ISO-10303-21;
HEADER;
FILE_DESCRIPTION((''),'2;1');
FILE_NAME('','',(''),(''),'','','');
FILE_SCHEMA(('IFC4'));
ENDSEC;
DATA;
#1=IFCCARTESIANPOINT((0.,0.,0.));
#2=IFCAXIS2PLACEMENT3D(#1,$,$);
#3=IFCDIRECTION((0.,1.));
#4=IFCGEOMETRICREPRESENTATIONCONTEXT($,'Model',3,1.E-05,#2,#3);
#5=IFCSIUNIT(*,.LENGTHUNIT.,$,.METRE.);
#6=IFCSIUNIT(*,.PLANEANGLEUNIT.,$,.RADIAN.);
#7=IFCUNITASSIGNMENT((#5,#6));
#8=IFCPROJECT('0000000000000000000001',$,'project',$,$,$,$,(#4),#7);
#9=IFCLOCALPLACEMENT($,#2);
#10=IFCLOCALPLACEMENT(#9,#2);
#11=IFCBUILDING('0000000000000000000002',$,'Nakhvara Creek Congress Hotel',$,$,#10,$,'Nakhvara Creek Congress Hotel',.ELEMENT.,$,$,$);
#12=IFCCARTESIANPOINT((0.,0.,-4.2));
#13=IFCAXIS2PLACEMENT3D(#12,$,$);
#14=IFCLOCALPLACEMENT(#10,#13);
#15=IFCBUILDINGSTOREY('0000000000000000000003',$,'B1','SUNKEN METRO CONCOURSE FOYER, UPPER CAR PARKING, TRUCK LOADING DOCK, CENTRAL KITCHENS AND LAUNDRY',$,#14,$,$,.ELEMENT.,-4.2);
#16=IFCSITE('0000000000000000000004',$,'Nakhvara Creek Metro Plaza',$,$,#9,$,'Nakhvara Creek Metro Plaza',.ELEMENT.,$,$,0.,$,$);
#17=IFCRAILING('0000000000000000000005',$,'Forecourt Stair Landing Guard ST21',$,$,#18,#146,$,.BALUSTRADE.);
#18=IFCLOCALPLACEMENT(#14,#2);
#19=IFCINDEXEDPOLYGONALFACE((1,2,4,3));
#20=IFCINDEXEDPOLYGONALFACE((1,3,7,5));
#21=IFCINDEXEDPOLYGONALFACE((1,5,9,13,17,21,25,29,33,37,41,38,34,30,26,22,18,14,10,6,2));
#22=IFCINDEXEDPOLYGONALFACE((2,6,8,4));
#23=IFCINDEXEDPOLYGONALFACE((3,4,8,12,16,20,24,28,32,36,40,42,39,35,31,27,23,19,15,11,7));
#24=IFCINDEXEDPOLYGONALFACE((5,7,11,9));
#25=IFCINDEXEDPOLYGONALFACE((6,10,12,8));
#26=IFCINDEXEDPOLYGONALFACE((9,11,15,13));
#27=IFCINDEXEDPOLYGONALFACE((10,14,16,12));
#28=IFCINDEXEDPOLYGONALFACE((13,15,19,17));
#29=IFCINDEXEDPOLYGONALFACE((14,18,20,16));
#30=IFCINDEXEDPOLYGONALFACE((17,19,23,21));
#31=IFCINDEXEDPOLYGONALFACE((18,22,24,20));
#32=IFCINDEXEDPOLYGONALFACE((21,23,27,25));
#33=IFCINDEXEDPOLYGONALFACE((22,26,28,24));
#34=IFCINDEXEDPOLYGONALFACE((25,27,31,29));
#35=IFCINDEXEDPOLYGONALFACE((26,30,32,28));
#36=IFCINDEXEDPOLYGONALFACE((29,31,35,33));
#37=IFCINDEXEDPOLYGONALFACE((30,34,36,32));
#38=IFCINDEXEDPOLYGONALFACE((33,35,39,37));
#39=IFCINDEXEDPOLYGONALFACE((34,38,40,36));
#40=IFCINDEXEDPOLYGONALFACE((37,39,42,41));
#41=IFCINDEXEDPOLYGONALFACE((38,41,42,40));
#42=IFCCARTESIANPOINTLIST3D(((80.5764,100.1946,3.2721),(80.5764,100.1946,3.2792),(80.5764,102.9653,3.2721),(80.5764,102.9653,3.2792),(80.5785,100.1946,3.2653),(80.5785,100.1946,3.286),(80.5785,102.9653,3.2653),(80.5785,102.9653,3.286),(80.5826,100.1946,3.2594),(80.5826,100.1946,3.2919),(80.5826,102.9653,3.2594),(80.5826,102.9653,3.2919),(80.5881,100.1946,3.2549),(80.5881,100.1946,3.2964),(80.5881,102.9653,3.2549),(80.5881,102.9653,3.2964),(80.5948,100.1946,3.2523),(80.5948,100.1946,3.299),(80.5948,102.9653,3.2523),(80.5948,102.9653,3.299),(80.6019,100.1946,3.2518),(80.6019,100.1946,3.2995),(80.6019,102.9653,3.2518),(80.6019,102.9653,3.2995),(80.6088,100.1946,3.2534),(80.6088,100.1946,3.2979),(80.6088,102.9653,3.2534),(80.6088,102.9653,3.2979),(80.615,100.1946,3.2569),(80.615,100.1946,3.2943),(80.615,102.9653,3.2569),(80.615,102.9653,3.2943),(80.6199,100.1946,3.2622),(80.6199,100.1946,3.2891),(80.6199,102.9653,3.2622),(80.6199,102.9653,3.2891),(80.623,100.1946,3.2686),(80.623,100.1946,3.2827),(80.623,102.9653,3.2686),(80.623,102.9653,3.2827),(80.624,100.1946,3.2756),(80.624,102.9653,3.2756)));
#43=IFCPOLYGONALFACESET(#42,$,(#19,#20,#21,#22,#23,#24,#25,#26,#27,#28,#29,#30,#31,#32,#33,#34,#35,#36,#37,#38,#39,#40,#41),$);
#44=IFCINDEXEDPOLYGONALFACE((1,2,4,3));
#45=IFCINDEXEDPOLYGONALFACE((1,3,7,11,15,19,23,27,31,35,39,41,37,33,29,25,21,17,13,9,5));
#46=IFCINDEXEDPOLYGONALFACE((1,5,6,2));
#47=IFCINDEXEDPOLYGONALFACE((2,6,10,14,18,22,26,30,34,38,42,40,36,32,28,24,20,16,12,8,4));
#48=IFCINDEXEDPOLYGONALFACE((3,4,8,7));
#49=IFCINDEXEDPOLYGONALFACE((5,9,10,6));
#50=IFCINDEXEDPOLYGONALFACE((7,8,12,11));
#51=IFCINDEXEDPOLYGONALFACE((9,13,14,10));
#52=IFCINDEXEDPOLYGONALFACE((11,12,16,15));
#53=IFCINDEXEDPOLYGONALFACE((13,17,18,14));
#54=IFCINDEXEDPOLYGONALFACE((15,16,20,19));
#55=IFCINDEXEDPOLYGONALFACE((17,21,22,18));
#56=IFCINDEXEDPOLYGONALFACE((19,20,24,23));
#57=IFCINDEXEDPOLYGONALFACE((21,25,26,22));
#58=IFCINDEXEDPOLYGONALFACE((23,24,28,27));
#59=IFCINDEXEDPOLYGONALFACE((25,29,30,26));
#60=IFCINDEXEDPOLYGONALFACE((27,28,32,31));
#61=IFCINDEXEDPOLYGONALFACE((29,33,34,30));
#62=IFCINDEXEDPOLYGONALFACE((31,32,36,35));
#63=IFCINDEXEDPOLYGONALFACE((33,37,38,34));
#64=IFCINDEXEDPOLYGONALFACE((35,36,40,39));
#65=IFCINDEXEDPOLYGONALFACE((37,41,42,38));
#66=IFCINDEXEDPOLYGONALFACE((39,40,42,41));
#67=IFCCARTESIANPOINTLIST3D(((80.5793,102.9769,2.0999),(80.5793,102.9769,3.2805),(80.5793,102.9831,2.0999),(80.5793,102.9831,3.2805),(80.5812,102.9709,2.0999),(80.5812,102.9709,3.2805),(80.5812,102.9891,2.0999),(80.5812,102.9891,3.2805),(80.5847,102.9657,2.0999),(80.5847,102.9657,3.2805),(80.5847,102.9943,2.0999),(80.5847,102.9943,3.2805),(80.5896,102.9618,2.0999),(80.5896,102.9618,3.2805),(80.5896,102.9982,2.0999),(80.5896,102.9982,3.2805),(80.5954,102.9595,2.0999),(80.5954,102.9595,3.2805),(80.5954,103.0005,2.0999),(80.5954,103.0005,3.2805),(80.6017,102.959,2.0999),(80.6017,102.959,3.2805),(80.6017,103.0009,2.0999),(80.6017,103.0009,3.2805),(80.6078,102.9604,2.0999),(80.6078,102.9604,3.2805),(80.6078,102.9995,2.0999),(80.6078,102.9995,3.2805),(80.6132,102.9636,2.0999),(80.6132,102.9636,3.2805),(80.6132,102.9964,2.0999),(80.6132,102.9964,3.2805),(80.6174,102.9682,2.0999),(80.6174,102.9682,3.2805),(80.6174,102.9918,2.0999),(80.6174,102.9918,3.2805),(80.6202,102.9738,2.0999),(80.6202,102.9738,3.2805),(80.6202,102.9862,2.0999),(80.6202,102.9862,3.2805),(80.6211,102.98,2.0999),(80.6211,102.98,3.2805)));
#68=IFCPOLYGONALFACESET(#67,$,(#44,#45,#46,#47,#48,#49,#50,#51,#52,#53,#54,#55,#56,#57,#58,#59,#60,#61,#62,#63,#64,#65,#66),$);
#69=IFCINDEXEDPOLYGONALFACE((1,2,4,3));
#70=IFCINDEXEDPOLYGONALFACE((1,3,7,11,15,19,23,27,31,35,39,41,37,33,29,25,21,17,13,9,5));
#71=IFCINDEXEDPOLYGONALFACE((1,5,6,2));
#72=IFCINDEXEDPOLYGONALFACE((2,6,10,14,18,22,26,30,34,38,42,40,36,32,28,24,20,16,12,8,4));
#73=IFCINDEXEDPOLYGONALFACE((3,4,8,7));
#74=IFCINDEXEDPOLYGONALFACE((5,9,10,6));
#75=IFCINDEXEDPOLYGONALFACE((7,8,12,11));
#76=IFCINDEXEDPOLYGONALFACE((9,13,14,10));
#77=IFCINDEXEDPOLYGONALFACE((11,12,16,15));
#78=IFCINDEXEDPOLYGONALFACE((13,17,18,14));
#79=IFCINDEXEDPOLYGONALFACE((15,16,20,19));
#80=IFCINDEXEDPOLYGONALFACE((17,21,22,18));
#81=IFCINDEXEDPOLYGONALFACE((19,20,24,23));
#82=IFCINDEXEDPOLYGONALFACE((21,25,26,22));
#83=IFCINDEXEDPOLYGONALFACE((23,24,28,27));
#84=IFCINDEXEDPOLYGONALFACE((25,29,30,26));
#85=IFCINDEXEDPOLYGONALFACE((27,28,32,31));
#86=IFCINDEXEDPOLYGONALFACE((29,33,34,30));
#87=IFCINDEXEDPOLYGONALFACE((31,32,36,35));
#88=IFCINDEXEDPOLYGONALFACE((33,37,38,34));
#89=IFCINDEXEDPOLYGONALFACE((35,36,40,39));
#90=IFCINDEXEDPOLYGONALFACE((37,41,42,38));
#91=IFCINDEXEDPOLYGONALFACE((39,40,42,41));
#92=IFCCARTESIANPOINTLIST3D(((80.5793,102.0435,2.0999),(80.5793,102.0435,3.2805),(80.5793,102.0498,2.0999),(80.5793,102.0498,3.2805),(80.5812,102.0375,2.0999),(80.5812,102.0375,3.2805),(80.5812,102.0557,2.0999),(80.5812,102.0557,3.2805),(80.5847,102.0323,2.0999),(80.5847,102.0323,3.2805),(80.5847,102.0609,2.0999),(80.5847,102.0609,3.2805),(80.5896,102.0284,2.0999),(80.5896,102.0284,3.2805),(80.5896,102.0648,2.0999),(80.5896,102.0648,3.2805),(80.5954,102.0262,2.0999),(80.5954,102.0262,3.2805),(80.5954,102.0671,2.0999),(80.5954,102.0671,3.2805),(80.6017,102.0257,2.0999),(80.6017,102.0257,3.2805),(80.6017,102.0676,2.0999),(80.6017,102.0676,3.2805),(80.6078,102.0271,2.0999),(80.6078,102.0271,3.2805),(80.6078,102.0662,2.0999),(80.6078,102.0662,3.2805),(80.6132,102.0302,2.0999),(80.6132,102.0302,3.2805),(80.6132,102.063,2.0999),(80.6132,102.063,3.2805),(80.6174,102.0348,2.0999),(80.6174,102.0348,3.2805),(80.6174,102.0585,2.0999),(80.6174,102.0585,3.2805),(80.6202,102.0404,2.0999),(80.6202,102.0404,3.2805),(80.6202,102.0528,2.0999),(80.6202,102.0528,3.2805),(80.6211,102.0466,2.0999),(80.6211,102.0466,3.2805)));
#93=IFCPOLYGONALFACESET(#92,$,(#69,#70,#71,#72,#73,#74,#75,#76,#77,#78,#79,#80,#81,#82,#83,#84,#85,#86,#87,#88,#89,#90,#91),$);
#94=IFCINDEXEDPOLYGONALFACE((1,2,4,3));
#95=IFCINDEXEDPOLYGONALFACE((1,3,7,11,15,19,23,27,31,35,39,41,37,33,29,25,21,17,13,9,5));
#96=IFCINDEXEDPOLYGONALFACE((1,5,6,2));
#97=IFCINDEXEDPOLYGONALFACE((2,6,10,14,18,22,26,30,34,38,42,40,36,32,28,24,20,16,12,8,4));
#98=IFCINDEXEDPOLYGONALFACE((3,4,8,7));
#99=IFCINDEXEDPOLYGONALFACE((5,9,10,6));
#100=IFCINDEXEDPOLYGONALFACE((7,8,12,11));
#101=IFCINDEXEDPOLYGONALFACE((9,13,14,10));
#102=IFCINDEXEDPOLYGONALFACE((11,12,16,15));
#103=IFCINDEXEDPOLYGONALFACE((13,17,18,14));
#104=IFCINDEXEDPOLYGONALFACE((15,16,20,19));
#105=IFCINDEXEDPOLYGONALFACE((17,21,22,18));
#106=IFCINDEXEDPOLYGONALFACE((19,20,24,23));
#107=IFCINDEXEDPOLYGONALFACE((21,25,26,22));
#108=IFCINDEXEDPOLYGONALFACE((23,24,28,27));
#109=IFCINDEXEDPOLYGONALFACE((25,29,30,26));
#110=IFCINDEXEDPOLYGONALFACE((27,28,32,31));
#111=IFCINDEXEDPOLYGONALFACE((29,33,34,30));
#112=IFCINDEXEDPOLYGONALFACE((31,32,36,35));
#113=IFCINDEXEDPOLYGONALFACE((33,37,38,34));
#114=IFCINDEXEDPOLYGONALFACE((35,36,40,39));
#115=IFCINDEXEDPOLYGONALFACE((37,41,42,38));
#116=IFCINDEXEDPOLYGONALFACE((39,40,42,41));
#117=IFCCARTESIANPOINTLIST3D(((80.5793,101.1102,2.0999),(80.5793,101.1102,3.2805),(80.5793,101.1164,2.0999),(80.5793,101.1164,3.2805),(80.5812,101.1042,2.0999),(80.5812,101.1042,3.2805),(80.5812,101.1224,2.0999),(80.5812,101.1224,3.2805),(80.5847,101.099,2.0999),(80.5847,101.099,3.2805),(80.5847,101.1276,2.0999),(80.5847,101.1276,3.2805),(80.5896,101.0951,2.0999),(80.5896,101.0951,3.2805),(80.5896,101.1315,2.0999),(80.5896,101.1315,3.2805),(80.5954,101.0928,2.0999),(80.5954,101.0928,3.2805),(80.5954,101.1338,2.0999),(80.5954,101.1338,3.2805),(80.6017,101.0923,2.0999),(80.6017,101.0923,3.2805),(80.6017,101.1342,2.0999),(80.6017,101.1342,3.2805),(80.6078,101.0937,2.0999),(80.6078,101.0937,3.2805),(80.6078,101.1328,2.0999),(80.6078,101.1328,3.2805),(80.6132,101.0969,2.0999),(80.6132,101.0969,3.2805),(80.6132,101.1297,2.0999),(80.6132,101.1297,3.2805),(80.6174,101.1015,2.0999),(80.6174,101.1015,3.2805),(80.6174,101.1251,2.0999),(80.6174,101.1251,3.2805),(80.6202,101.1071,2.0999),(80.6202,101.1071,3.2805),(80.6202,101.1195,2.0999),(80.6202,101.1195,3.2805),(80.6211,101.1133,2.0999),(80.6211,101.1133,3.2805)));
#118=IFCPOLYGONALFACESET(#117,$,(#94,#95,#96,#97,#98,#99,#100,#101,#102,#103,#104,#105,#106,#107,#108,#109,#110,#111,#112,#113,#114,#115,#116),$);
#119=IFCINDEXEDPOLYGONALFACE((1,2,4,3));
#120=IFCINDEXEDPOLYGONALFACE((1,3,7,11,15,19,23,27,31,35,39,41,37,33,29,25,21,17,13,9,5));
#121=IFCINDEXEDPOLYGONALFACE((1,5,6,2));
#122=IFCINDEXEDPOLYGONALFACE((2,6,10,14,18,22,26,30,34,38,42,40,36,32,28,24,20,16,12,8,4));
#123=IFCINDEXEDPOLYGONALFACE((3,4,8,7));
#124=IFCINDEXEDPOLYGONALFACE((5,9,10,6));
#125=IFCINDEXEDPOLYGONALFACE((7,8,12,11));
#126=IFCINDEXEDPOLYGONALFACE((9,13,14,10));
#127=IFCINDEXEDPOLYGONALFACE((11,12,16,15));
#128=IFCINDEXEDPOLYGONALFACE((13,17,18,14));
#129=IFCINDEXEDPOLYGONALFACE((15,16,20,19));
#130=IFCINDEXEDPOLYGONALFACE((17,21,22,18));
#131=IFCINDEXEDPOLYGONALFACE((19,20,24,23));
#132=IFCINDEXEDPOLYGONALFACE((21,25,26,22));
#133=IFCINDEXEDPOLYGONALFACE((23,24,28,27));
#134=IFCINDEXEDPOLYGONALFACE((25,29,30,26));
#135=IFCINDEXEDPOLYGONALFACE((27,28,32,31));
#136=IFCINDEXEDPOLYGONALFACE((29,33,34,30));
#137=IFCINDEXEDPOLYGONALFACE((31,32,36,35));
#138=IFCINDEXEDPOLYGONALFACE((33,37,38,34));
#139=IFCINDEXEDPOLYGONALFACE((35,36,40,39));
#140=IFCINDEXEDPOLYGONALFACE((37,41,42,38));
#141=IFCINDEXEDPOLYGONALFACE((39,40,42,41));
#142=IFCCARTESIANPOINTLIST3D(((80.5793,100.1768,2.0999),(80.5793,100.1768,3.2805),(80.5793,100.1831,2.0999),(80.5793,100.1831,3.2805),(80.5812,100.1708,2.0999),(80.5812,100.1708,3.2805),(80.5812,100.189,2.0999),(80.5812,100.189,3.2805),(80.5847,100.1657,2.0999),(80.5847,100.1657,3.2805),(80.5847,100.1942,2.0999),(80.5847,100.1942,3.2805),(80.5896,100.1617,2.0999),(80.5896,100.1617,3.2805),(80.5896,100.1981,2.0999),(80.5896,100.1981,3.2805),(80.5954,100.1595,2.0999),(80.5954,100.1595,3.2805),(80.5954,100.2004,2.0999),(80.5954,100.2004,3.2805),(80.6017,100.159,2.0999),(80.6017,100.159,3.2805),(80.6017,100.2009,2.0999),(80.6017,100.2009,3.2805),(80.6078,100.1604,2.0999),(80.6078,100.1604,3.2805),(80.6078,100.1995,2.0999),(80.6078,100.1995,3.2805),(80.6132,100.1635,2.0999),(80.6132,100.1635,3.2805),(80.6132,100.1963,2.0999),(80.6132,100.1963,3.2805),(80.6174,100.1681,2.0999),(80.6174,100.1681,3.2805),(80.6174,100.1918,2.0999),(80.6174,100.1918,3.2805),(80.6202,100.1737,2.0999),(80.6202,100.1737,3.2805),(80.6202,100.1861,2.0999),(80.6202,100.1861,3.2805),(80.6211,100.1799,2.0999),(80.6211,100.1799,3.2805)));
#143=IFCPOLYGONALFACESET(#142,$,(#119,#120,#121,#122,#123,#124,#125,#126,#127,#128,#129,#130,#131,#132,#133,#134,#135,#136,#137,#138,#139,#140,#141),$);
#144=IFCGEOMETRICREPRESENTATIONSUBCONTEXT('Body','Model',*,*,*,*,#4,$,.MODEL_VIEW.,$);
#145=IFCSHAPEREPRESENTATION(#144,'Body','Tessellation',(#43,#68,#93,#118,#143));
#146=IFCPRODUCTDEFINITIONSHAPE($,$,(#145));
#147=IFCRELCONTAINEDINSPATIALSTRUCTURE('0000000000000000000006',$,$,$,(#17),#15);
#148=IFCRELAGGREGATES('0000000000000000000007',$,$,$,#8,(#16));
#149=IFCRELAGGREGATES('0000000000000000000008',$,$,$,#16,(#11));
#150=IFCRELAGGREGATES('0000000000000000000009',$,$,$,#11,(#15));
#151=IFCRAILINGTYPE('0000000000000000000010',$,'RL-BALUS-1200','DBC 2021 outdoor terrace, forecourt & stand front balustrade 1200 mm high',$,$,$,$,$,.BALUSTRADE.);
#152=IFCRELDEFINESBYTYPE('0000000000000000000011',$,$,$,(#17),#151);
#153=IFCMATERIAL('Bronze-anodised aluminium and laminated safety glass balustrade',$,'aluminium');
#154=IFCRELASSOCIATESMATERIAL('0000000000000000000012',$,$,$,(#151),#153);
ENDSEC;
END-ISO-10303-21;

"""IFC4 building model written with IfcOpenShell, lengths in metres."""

from ifc_helpers import new_model, si_unit, direction, frame, origin, origin_2d, place, context, subcontext, project, spatial, circle, extrude, material, type_object, element, save


model = new_model("IFC4")

# Units and contexts
model_context = context("Model", 3, precision=1e-05, world=origin(), true_north=direction((0.0, 1.0)))
body_context = subcontext(model_context, "Body", "Model", "MODEL_VIEW")
ifc_project = project(units=[si_unit("LENGTHUNIT", "METRE"), si_unit("PLANEANGLEUNIT", "RADIAN")], contexts=[model_context])

# Site, building, storey
site_placement = place(None, origin())
site = spatial("IfcSite", under=ifc_project, at=site_placement, Name="Nakhvara Creek Metro Plaza", LongName="Nakhvara Creek Metro Plaza", CompositionType="ELEMENT", RefElevation=0.0)
building_placement = place(site_placement, origin())
building = spatial("IfcBuilding", under=site, at=building_placement, Name="Nakhvara Creek Congress Hotel", LongName="Nakhvara Creek Congress Hotel", CompositionType="ELEMENT")
storey_placement = place(building_placement, frame((0.0, 0.0, -4.2)))
storey = spatial("IfcBuildingStorey", under=building, at=storey_placement, Name="B1", Description="SUNKEN METRO CONCOURSE FOYER, UPPER CAR PARKING, TRUCK LOADING DOCK, CENTRAL KITCHENS AND LAUNDRY", CompositionType="ELEMENT", Elevation=-4.2)

# Railing
ifc_material_1 = material(Name="Bronze-anodised aluminium and laminated safety glass balustrade", Category="aluminium")
railing_type_1 = type_object("IfcRailingType", Name="RL-BALUS-1200", Description="DBC 2021 outdoor terrace, forecourt & stand front balustrade 1200 mm high", PredefinedType="BALUSTRADE", material=ifc_material_1)
for number, where, name in (
    (1, (80.6001, 102.98, 2.0999), "Forecourt Stair Landing Guard ST21"),
):
    element("IfcRailing", number, at=place(storey_placement, frame(where)), inside=storey, type_object=railing_type_1, Name=name, PredefinedType="BALUSTRADE", context=body_context, shape_type="SweptSolid", body=[
        extrude(circle(Radius=0.0239, at=origin_2d()), frame((0.0, -0.0146, 1.1758), z_axis=(0.0, -1.0, 0.0), x_axis=(1.0, 0.0, 0.0)), (0.0, 0.0, 1.0), 2.7708),
        extrude(circle(Radius=0.021, at=origin_2d()), origin(), (0.0, 0.0, 1.0), 1.1807),
        extrude(circle(Radius=0.021, at=origin_2d()), frame((0.0, -0.9333, 0.0)), (0.0, 0.0, 1.0), 1.1807),
        extrude(circle(Radius=0.021, at=origin_2d()), frame((0.0, -1.8667, 0.0)), (0.0, 0.0, 1.0), 1.1807),
        extrude(circle(Radius=0.021, at=origin_2d()), frame((0.0, -2.8, 0.0)), (0.0, 0.0, 1.0), 1.1807),
    ])

save(model, "model.ifc")
